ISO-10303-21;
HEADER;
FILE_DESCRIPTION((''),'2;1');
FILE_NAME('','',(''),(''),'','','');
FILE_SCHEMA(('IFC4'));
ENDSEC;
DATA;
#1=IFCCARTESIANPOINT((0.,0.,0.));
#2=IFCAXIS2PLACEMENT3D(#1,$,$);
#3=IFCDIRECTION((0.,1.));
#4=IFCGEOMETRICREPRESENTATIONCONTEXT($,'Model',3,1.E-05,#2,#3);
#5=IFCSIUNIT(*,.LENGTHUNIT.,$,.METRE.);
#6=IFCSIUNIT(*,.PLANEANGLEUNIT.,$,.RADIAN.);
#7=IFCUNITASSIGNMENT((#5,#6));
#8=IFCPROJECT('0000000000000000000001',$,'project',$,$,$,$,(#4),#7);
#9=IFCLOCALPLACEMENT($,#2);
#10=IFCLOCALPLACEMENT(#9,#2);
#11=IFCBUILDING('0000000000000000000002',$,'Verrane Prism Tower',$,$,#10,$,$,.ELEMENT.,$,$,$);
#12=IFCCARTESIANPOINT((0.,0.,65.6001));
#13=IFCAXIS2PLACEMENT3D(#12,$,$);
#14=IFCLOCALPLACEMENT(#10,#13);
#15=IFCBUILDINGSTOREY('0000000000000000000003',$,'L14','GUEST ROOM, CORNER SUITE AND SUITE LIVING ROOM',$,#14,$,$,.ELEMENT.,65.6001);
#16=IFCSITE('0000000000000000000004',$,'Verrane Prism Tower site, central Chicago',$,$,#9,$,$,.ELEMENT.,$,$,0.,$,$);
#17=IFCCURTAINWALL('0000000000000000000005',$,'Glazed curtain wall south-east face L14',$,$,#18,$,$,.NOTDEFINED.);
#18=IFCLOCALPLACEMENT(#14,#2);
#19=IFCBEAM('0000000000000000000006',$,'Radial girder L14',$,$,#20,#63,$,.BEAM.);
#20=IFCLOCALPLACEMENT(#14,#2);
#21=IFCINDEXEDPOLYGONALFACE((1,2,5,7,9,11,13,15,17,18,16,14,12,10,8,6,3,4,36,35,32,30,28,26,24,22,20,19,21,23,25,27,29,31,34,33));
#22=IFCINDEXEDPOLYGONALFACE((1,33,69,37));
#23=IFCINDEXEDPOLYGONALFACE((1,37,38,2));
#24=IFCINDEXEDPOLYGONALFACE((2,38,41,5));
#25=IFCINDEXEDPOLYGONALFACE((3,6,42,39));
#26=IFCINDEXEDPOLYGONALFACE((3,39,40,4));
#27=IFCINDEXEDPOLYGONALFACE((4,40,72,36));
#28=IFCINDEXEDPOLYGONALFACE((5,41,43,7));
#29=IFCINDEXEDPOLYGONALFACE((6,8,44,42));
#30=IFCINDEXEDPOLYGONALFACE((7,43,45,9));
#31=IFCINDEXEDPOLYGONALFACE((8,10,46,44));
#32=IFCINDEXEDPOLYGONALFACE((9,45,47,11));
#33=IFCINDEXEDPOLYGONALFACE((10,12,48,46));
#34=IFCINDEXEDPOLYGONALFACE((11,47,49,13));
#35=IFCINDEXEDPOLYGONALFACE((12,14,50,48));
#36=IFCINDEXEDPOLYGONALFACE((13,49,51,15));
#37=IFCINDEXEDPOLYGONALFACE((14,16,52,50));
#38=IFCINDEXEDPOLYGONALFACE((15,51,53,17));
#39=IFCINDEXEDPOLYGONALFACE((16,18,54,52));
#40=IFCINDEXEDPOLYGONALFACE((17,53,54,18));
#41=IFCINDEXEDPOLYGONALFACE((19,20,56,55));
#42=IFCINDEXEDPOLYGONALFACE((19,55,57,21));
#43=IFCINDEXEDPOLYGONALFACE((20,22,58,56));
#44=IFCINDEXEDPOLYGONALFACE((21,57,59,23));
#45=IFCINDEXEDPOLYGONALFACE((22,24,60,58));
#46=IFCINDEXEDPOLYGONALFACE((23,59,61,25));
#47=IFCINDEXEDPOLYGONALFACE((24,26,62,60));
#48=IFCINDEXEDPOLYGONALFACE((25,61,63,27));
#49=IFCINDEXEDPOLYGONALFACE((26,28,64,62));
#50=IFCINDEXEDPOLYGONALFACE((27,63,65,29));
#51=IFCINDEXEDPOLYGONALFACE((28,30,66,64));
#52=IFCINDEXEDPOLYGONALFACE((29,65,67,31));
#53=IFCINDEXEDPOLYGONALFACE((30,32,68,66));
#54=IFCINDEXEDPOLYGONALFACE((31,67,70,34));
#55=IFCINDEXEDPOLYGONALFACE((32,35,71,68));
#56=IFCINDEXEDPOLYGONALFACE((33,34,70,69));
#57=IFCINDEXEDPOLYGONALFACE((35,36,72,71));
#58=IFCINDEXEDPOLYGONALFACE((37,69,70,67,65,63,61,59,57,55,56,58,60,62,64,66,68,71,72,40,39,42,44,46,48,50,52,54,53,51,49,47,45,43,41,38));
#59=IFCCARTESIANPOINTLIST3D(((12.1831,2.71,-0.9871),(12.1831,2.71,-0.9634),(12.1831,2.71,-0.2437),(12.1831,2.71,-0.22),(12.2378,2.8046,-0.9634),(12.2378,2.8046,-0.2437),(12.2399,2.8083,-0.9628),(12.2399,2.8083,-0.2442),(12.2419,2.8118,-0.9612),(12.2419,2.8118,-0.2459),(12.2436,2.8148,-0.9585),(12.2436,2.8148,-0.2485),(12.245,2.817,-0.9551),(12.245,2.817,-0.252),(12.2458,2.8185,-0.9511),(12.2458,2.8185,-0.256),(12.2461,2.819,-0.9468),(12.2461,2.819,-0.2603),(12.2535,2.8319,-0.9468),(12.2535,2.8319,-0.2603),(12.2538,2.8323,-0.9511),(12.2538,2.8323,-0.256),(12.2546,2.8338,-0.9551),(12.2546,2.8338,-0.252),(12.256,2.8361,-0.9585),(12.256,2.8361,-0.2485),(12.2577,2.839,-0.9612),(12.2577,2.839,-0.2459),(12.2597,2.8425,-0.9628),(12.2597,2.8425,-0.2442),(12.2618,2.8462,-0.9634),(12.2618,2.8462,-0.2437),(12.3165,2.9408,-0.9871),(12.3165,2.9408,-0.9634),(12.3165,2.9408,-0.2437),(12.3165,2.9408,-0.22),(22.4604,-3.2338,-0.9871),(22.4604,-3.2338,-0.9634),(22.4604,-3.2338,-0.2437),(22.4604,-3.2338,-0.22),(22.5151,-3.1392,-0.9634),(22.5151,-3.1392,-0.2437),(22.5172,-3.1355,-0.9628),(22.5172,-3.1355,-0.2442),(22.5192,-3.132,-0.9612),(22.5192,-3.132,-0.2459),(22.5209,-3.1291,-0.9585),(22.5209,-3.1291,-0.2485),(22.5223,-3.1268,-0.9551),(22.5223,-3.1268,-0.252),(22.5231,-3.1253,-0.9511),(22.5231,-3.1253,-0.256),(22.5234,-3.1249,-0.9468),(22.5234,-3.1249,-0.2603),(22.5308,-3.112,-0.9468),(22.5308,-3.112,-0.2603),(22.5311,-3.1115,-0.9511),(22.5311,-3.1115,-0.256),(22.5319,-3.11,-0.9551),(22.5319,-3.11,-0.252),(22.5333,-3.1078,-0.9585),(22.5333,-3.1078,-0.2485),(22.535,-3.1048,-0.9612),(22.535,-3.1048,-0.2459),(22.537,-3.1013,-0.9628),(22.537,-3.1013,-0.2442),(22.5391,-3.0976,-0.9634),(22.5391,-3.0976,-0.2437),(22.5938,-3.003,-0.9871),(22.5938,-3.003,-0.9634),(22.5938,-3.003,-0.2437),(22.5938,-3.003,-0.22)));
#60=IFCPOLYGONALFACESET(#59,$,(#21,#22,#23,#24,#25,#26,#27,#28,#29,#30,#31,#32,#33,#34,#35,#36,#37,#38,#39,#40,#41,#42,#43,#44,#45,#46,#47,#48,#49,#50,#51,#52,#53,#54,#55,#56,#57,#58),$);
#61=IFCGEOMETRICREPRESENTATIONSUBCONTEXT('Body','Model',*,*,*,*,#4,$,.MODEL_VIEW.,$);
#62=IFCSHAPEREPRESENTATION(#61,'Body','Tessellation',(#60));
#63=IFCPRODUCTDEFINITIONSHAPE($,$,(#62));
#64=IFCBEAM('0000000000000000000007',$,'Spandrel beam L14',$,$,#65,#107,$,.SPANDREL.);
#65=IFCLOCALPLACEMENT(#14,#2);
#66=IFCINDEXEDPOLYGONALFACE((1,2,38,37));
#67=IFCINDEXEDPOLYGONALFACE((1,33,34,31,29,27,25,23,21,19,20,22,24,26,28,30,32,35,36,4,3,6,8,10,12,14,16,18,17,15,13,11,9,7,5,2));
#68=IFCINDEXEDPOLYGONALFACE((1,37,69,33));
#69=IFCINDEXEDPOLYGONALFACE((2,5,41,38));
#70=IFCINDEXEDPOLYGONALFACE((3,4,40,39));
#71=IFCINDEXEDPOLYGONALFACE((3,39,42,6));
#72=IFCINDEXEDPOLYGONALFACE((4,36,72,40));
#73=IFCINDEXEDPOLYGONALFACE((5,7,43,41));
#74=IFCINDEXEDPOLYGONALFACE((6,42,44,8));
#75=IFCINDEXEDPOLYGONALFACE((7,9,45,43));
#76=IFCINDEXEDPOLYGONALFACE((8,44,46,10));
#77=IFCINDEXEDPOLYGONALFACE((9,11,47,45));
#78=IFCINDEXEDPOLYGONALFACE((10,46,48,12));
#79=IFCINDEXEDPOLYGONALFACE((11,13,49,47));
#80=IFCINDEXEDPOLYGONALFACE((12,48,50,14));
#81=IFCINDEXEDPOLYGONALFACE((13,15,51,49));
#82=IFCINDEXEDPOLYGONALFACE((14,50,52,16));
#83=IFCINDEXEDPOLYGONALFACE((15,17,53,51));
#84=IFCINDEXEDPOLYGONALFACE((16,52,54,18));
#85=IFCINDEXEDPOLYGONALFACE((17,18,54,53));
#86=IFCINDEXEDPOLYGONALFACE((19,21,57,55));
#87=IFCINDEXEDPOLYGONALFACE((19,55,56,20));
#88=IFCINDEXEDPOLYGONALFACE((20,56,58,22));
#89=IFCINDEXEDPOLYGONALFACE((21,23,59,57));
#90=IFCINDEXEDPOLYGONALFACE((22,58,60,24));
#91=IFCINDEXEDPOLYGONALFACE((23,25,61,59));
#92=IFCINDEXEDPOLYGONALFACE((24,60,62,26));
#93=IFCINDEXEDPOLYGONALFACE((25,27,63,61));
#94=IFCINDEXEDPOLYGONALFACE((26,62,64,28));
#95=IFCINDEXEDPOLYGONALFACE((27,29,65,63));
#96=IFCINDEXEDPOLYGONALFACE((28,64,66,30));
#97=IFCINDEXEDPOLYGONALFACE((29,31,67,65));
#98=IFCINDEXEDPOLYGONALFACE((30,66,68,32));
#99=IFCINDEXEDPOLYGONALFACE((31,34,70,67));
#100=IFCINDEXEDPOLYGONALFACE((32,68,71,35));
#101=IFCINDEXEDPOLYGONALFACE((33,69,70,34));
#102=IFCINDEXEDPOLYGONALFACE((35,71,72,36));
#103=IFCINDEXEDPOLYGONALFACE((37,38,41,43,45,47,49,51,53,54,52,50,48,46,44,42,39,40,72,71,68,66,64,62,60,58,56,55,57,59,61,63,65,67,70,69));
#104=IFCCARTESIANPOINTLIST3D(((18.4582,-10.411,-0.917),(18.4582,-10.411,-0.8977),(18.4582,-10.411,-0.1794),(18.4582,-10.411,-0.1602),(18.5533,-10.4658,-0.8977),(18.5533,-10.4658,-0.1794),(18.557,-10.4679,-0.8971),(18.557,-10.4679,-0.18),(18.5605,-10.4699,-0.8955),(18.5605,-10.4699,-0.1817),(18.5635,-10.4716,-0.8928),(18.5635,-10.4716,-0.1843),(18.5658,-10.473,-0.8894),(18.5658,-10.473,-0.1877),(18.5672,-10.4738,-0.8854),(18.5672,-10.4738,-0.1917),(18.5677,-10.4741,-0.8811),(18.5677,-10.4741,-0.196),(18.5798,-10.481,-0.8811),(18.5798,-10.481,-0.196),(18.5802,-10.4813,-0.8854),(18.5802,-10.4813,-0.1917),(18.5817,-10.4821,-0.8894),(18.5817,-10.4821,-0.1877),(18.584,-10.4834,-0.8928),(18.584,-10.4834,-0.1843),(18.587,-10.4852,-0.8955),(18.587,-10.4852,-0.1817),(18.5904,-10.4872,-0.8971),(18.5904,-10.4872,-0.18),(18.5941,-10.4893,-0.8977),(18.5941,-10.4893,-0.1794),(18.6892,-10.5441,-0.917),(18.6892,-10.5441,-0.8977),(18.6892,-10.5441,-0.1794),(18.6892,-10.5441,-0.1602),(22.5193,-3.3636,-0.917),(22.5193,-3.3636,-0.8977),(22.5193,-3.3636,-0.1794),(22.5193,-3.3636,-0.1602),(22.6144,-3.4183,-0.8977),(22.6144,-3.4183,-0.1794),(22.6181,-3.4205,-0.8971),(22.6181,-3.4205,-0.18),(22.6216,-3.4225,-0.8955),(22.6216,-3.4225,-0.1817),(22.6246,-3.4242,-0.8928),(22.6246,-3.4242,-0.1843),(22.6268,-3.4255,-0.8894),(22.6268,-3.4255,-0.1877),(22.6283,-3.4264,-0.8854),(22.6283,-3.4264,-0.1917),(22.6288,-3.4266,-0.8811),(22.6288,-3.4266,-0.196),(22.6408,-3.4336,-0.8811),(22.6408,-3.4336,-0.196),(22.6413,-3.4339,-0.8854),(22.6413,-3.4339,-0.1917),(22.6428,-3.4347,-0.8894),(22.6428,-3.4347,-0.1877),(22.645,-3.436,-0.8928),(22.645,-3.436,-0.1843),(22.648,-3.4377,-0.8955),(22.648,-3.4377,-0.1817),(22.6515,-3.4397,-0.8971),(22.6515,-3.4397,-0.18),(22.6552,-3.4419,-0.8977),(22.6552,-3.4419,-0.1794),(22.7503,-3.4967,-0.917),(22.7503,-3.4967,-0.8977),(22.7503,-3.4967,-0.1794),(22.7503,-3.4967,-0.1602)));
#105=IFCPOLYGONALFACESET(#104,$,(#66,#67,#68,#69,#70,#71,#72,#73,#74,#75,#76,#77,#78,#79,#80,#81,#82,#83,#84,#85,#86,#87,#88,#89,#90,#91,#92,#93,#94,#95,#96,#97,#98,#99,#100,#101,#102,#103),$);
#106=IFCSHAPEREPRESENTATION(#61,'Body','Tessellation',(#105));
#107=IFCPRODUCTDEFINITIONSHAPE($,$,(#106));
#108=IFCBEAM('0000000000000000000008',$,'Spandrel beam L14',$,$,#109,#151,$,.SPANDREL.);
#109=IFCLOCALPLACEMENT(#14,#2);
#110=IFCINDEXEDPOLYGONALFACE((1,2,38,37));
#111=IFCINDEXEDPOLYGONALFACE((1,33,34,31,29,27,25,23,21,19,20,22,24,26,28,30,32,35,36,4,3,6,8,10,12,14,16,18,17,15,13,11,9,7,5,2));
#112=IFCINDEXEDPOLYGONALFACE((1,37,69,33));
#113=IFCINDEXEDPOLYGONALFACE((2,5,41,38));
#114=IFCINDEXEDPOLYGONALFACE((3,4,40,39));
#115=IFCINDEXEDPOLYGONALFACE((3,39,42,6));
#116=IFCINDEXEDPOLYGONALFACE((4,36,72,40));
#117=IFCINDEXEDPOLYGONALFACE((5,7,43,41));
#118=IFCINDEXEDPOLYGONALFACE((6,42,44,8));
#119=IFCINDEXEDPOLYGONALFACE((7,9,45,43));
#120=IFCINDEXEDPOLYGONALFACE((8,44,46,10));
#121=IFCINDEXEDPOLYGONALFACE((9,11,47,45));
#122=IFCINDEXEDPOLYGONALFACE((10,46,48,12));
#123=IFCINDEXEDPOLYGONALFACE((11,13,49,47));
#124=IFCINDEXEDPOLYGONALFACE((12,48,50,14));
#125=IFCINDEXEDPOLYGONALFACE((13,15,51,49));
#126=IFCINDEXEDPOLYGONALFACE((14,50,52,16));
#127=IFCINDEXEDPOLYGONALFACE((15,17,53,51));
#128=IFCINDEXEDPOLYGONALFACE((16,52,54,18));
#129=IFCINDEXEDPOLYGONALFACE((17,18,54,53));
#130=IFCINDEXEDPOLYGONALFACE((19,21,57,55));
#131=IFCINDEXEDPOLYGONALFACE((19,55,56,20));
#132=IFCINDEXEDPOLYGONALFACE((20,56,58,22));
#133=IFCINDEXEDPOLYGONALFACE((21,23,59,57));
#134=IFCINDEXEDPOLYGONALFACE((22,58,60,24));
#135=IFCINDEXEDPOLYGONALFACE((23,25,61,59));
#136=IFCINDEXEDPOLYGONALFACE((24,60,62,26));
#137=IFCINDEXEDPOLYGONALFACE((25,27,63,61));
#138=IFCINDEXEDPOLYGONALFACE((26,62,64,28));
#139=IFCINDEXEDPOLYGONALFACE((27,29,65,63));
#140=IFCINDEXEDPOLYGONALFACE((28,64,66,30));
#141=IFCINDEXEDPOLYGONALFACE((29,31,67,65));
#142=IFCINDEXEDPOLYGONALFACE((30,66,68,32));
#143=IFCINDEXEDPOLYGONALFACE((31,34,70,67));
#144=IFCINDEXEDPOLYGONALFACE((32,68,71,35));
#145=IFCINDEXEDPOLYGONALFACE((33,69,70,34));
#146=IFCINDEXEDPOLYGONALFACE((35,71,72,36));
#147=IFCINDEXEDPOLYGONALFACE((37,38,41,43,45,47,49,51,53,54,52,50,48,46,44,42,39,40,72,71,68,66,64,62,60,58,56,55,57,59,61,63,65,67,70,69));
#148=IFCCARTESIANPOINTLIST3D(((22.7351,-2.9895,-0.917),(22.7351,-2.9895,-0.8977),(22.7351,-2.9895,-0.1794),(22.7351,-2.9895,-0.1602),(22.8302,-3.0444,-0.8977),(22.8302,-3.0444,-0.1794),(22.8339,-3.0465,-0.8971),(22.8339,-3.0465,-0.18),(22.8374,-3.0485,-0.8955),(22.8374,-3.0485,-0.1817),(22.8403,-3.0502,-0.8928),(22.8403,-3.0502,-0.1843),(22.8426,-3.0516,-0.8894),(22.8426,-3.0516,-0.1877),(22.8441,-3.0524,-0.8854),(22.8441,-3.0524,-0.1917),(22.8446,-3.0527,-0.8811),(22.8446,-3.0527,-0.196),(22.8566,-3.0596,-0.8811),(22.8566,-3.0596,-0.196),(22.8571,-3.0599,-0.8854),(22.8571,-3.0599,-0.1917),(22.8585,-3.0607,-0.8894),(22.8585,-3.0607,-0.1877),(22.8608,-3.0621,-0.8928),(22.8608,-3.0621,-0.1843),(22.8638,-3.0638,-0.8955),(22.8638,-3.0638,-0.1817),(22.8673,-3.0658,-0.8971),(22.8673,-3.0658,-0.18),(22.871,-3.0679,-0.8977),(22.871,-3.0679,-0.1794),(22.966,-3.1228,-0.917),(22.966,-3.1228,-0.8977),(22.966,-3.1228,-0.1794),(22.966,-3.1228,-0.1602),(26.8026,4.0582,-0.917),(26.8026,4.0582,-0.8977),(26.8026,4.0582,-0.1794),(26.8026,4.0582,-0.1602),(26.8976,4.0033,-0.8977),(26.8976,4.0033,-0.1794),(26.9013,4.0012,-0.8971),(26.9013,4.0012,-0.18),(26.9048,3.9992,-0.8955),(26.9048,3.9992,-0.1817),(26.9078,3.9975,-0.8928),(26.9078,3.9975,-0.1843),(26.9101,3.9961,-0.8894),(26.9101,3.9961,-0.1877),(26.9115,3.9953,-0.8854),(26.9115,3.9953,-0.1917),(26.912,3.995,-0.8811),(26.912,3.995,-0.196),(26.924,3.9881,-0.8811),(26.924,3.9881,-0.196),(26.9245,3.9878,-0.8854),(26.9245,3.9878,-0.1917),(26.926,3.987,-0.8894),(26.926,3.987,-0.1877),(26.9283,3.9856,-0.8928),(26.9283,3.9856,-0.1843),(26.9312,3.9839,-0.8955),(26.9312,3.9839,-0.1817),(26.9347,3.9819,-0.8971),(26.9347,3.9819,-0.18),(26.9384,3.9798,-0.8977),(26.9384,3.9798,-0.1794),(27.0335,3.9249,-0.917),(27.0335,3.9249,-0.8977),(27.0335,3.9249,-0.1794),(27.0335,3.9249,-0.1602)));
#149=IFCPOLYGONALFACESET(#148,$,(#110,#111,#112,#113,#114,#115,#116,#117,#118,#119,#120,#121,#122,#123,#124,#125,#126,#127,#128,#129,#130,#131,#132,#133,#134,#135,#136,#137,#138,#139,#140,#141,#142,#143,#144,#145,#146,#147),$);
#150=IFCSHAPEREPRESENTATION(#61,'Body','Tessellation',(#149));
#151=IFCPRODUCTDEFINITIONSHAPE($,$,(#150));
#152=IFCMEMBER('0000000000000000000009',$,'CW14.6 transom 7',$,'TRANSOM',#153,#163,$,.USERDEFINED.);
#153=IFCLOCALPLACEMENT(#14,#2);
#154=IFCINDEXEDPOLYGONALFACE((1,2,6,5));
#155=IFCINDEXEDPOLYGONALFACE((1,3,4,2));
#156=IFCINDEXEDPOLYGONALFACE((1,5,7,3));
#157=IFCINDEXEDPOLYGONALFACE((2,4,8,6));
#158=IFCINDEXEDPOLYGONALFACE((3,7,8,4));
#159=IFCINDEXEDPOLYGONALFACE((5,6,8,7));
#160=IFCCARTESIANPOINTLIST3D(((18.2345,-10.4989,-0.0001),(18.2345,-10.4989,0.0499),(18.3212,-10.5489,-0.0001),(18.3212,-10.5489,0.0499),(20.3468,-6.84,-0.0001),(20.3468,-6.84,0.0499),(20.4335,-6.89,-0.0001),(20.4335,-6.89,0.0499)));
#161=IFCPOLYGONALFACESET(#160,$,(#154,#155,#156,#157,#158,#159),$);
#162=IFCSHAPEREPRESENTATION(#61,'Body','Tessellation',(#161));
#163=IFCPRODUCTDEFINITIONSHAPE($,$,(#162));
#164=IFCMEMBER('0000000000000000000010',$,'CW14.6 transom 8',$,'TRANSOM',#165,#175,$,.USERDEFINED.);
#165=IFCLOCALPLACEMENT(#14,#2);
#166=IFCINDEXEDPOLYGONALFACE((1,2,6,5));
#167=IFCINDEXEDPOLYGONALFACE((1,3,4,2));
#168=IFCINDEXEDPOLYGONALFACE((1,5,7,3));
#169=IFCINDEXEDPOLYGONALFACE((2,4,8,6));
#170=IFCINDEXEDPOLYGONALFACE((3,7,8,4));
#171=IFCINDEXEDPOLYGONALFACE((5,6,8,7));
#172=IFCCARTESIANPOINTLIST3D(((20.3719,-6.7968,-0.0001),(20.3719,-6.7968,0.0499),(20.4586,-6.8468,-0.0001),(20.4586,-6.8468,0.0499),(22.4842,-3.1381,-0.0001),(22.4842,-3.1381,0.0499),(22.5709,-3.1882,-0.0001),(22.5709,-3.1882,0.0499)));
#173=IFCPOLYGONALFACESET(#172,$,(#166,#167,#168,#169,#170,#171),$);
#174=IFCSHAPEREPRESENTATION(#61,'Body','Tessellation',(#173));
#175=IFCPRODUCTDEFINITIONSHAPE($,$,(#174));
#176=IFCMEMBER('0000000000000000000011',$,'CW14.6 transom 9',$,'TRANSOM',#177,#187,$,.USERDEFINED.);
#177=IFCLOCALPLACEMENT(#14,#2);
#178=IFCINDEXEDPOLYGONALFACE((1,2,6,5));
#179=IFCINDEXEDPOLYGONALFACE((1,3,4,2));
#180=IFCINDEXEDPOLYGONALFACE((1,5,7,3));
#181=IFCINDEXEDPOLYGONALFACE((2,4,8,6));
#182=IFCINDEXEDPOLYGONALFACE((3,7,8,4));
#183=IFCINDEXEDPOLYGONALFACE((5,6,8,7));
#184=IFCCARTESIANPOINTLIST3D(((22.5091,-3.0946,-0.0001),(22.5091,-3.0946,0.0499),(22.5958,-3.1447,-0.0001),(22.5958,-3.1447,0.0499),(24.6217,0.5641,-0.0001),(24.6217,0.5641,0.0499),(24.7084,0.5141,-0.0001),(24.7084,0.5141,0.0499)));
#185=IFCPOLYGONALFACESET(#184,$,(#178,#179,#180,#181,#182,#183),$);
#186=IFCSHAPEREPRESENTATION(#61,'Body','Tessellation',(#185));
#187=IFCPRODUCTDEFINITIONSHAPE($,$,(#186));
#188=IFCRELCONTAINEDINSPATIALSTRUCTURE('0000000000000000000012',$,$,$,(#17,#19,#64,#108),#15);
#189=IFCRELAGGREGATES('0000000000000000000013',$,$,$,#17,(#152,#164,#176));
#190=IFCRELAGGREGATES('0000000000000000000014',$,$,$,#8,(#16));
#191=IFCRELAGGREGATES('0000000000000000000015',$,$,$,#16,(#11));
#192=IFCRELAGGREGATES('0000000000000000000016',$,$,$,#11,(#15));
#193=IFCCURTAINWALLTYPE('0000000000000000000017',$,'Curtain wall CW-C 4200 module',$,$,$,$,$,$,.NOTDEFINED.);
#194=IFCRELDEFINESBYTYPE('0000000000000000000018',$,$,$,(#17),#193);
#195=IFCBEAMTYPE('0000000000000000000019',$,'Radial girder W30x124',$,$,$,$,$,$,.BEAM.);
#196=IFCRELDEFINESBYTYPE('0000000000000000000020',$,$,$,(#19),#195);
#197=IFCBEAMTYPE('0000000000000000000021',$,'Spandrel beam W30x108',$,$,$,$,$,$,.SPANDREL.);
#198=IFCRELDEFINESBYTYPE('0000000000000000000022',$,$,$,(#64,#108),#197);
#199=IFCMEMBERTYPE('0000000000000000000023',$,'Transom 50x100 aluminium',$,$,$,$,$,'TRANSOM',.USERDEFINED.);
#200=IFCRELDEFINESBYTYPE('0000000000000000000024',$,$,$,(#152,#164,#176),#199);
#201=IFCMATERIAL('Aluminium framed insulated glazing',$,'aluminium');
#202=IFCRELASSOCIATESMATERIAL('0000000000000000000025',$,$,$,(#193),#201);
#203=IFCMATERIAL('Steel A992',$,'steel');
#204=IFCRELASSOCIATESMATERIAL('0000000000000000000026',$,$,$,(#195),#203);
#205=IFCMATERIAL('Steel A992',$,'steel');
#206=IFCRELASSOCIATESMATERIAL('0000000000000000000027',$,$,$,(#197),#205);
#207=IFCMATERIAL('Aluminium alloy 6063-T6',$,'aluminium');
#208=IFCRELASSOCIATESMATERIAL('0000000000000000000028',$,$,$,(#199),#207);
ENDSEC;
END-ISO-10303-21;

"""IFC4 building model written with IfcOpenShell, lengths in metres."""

from ifc_helpers import new_model, si_unit, direction, frame, origin, origin_2d, place, context, subcontext, project, spatial, rectangle, i_section, extrude, material, material_profile, profile_set, type_object, element, aggregate, save


model = new_model("IFC4")

# Units and contexts
model_context = context("Model", 3, precision=1e-05, world=origin(), true_north=direction((0.0, 1.0)))
body_context = subcontext(model_context, "Body", "Model", "MODEL_VIEW")
ifc_project = project(units=[si_unit("LENGTHUNIT", "METRE"), si_unit("PLANEANGLEUNIT", "RADIAN")], contexts=[model_context])

# Site, building, storey
site_placement = place(None, origin())
site = spatial("IfcSite", under=ifc_project, at=site_placement, Name="Verrane Prism Tower site, central Chicago", CompositionType="ELEMENT", RefElevation=0.0)
building_placement = place(site_placement, origin())
building = spatial("IfcBuilding", under=site, at=building_placement, Name="Verrane Prism Tower", CompositionType="ELEMENT")
storey_placement = place(building_placement, frame((0.0, 0.0, 65.6001)))
storey = spatial("IfcBuildingStorey", under=building, at=storey_placement, Name="L14", Description="GUEST ROOM, CORNER SUITE AND SUITE LIVING ROOM", CompositionType="ELEMENT", Elevation=65.6001)

# Curtain wall
ifc_material_1 = material(Name="Aluminium framed insulated glazing", Category="aluminium")
curtain_wall_type = type_object("IfcCurtainWallType", Name="Curtain wall CW-C 4200 module", PredefinedType="NOTDEFINED", material=ifc_material_1)
curtain_wall_placement = place(storey_placement, origin())
curtain_wall = element("IfcCurtainWall", 1, at=curtain_wall_placement, inside=storey, type_object=curtain_wall_type, Name="Glazed curtain wall south-east face L14", PredefinedType="NOTDEFINED")

# Beams
ifc_material_2 = material(Name="Steel A992", Category="steel")
ifc_material_profile_1 = material_profile(ifc_material_2, i_section(OverallWidth=0.2666, OverallDepth=0.7671, WebThickness=0.0149, FlangeThickness=0.0237, FilletRadius=0.0166, at=origin_2d()), Name="W30x124")
ifc_profile_set_1 = profile_set([ifc_material_profile_1], Name="Steel A992")
beam_type_1 = type_object("IfcBeamType", Name="Radial girder W30x124", PredefinedType="BEAM", material=ifc_profile_set_1)
beam_1_placement = place(storey_placement, frame((22.5271, -3.1184, -0.6035), z_axis=(-0.865652, 0.500646, 0.0), x_axis=(-0.500646, -0.865652, 0.0)))
element("IfcBeam", 2, at=beam_1_placement, inside=storey, type_object=beam_type_1, Name="Radial girder L14", PredefinedType="BEAM", context=body_context, shape_type="SweptSolid", body=[
    extrude(i_section(OverallWidth=0.2666, OverallDepth=0.7671, WebThickness=0.0149, FlangeThickness=0.0237, FilletRadius=0.0166, at=origin_2d()), origin(), (0.0, 0.0, 1.0), 11.8723),
])
ifc_material_3 = material(Name="Steel A992", Category="steel")
ifc_material_profile_2 = material_profile(ifc_material_3, i_section(OverallWidth=0.2666, OverallDepth=0.7568, WebThickness=0.0139, FlangeThickness=0.0193, FilletRadius=0.0166, at=origin_2d()), Name="W30x108")
ifc_profile_set_2 = profile_set([ifc_material_profile_2], Name="Steel A992")
beam_type_2 = type_object("IfcBeamType", Name="Spandrel beam W30x108", PredefinedType="SPANDREL", material=ifc_profile_set_2)
beam_2_placement = place(storey_placement, frame((18.5737, -10.4775, -0.5386), z_axis=(0.499284, 0.866438, 0.0), x_axis=(-0.866438, 0.499284, 0.0)))
element("IfcBeam", 3, at=beam_2_placement, inside=storey, type_object=beam_type_2, Name="Spandrel beam L14", PredefinedType="SPANDREL", context=body_context, shape_type="SweptSolid", body=[
    extrude(i_section(OverallWidth=0.2666, OverallDepth=0.7568, WebThickness=0.0139, FlangeThickness=0.0193, FilletRadius=0.0166, at=origin_2d()), origin(), (0.0, 0.0, 1.0), 8.1338),
])
beam_3_placement = place(storey_placement, frame((22.8506, -3.0562, -0.5386), z_axis=(0.499857, 0.866108, 0.0), x_axis=(-0.866108, 0.499857, 0.0)))
element("IfcBeam", 4, at=beam_3_placement, inside=storey, type_object=beam_type_2, Name="Spandrel beam L14", PredefinedType="SPANDREL", context=body_context, shape_type="SweptSolid", body=[
    extrude(i_section(OverallWidth=0.2666, OverallDepth=0.7568, WebThickness=0.0139, FlangeThickness=0.0193, FilletRadius=0.0166, at=origin_2d()), origin(), (0.0, 0.0, 1.0), 8.1372),
])

# Members
ifc_material_4 = material(Name="Aluminium alloy 6063-T6", Category="aluminium")
ifc_material_profile_3 = material_profile(ifc_material_4, rectangle(XDim=0.1001, YDim=0.05, at=origin_2d()), Name="Transom 50x100 aluminium")
ifc_profile_set_3 = profile_set([ifc_material_profile_3], Name="Aluminium alloy 6063-T6")
member_type_1 = type_object("IfcMemberType", Name="Transom 50x100 aluminium", ElementType="TRANSOM", PredefinedType="USERDEFINED", material=ifc_profile_set_3)
member_1_placement = place(storey_placement, frame((18.2778, -10.5239, 0.0249), z_axis=(0.499968, 0.866044, 0.0), x_axis=(-0.866044, 0.499968, 0.0)))
member_1 = element("IfcMember", 5, at=member_1_placement, type_object=member_type_1, Name="CW14.6 transom 7", ObjectType="TRANSOM", PredefinedType="USERDEFINED", context=body_context, shape_type="SweptSolid", body=[
    extrude(rectangle(XDim=0.1001, YDim=0.05, at=origin_2d()), origin(), (0.0, 0.0, 1.0), 4.2249),
])
member_2_placement = place(storey_placement, frame((20.4153, -6.8218, 0.0249), z_axis=(0.499993, 0.86603, 0.0), x_axis=(-0.86603, 0.499993, 0.0)))
member_2 = element("IfcMember", 6, at=member_2_placement, type_object=member_type_1, Name="CW14.6 transom 8", ObjectType="TRANSOM", PredefinedType="USERDEFINED", context=body_context, shape_type="SweptSolid", body=[
    extrude(rectangle(XDim=0.1001, YDim=0.05, at=origin_2d()), origin(), (0.0, 0.0, 1.0), 4.2246),
])
member_3_placement = place(storey_placement, frame((22.5525, -3.1196, 0.0249), z_axis=(0.500036, 0.866005, 0.0), x_axis=(-0.866005, 0.500036, 0.0)))
member_3 = element("IfcMember", 7, at=member_3_placement, type_object=member_type_1, Name="CW14.6 transom 9", ObjectType="TRANSOM", PredefinedType="USERDEFINED", context=body_context, shape_type="SweptSolid", body=[
    extrude(rectangle(XDim=0.1001, YDim=0.05, at=origin_2d()), origin(), (0.0, 0.0, 1.0), 4.2249),
])

aggregate(curtain_wall, [member_1, member_2, member_3])

save(model, "model.ifc")
